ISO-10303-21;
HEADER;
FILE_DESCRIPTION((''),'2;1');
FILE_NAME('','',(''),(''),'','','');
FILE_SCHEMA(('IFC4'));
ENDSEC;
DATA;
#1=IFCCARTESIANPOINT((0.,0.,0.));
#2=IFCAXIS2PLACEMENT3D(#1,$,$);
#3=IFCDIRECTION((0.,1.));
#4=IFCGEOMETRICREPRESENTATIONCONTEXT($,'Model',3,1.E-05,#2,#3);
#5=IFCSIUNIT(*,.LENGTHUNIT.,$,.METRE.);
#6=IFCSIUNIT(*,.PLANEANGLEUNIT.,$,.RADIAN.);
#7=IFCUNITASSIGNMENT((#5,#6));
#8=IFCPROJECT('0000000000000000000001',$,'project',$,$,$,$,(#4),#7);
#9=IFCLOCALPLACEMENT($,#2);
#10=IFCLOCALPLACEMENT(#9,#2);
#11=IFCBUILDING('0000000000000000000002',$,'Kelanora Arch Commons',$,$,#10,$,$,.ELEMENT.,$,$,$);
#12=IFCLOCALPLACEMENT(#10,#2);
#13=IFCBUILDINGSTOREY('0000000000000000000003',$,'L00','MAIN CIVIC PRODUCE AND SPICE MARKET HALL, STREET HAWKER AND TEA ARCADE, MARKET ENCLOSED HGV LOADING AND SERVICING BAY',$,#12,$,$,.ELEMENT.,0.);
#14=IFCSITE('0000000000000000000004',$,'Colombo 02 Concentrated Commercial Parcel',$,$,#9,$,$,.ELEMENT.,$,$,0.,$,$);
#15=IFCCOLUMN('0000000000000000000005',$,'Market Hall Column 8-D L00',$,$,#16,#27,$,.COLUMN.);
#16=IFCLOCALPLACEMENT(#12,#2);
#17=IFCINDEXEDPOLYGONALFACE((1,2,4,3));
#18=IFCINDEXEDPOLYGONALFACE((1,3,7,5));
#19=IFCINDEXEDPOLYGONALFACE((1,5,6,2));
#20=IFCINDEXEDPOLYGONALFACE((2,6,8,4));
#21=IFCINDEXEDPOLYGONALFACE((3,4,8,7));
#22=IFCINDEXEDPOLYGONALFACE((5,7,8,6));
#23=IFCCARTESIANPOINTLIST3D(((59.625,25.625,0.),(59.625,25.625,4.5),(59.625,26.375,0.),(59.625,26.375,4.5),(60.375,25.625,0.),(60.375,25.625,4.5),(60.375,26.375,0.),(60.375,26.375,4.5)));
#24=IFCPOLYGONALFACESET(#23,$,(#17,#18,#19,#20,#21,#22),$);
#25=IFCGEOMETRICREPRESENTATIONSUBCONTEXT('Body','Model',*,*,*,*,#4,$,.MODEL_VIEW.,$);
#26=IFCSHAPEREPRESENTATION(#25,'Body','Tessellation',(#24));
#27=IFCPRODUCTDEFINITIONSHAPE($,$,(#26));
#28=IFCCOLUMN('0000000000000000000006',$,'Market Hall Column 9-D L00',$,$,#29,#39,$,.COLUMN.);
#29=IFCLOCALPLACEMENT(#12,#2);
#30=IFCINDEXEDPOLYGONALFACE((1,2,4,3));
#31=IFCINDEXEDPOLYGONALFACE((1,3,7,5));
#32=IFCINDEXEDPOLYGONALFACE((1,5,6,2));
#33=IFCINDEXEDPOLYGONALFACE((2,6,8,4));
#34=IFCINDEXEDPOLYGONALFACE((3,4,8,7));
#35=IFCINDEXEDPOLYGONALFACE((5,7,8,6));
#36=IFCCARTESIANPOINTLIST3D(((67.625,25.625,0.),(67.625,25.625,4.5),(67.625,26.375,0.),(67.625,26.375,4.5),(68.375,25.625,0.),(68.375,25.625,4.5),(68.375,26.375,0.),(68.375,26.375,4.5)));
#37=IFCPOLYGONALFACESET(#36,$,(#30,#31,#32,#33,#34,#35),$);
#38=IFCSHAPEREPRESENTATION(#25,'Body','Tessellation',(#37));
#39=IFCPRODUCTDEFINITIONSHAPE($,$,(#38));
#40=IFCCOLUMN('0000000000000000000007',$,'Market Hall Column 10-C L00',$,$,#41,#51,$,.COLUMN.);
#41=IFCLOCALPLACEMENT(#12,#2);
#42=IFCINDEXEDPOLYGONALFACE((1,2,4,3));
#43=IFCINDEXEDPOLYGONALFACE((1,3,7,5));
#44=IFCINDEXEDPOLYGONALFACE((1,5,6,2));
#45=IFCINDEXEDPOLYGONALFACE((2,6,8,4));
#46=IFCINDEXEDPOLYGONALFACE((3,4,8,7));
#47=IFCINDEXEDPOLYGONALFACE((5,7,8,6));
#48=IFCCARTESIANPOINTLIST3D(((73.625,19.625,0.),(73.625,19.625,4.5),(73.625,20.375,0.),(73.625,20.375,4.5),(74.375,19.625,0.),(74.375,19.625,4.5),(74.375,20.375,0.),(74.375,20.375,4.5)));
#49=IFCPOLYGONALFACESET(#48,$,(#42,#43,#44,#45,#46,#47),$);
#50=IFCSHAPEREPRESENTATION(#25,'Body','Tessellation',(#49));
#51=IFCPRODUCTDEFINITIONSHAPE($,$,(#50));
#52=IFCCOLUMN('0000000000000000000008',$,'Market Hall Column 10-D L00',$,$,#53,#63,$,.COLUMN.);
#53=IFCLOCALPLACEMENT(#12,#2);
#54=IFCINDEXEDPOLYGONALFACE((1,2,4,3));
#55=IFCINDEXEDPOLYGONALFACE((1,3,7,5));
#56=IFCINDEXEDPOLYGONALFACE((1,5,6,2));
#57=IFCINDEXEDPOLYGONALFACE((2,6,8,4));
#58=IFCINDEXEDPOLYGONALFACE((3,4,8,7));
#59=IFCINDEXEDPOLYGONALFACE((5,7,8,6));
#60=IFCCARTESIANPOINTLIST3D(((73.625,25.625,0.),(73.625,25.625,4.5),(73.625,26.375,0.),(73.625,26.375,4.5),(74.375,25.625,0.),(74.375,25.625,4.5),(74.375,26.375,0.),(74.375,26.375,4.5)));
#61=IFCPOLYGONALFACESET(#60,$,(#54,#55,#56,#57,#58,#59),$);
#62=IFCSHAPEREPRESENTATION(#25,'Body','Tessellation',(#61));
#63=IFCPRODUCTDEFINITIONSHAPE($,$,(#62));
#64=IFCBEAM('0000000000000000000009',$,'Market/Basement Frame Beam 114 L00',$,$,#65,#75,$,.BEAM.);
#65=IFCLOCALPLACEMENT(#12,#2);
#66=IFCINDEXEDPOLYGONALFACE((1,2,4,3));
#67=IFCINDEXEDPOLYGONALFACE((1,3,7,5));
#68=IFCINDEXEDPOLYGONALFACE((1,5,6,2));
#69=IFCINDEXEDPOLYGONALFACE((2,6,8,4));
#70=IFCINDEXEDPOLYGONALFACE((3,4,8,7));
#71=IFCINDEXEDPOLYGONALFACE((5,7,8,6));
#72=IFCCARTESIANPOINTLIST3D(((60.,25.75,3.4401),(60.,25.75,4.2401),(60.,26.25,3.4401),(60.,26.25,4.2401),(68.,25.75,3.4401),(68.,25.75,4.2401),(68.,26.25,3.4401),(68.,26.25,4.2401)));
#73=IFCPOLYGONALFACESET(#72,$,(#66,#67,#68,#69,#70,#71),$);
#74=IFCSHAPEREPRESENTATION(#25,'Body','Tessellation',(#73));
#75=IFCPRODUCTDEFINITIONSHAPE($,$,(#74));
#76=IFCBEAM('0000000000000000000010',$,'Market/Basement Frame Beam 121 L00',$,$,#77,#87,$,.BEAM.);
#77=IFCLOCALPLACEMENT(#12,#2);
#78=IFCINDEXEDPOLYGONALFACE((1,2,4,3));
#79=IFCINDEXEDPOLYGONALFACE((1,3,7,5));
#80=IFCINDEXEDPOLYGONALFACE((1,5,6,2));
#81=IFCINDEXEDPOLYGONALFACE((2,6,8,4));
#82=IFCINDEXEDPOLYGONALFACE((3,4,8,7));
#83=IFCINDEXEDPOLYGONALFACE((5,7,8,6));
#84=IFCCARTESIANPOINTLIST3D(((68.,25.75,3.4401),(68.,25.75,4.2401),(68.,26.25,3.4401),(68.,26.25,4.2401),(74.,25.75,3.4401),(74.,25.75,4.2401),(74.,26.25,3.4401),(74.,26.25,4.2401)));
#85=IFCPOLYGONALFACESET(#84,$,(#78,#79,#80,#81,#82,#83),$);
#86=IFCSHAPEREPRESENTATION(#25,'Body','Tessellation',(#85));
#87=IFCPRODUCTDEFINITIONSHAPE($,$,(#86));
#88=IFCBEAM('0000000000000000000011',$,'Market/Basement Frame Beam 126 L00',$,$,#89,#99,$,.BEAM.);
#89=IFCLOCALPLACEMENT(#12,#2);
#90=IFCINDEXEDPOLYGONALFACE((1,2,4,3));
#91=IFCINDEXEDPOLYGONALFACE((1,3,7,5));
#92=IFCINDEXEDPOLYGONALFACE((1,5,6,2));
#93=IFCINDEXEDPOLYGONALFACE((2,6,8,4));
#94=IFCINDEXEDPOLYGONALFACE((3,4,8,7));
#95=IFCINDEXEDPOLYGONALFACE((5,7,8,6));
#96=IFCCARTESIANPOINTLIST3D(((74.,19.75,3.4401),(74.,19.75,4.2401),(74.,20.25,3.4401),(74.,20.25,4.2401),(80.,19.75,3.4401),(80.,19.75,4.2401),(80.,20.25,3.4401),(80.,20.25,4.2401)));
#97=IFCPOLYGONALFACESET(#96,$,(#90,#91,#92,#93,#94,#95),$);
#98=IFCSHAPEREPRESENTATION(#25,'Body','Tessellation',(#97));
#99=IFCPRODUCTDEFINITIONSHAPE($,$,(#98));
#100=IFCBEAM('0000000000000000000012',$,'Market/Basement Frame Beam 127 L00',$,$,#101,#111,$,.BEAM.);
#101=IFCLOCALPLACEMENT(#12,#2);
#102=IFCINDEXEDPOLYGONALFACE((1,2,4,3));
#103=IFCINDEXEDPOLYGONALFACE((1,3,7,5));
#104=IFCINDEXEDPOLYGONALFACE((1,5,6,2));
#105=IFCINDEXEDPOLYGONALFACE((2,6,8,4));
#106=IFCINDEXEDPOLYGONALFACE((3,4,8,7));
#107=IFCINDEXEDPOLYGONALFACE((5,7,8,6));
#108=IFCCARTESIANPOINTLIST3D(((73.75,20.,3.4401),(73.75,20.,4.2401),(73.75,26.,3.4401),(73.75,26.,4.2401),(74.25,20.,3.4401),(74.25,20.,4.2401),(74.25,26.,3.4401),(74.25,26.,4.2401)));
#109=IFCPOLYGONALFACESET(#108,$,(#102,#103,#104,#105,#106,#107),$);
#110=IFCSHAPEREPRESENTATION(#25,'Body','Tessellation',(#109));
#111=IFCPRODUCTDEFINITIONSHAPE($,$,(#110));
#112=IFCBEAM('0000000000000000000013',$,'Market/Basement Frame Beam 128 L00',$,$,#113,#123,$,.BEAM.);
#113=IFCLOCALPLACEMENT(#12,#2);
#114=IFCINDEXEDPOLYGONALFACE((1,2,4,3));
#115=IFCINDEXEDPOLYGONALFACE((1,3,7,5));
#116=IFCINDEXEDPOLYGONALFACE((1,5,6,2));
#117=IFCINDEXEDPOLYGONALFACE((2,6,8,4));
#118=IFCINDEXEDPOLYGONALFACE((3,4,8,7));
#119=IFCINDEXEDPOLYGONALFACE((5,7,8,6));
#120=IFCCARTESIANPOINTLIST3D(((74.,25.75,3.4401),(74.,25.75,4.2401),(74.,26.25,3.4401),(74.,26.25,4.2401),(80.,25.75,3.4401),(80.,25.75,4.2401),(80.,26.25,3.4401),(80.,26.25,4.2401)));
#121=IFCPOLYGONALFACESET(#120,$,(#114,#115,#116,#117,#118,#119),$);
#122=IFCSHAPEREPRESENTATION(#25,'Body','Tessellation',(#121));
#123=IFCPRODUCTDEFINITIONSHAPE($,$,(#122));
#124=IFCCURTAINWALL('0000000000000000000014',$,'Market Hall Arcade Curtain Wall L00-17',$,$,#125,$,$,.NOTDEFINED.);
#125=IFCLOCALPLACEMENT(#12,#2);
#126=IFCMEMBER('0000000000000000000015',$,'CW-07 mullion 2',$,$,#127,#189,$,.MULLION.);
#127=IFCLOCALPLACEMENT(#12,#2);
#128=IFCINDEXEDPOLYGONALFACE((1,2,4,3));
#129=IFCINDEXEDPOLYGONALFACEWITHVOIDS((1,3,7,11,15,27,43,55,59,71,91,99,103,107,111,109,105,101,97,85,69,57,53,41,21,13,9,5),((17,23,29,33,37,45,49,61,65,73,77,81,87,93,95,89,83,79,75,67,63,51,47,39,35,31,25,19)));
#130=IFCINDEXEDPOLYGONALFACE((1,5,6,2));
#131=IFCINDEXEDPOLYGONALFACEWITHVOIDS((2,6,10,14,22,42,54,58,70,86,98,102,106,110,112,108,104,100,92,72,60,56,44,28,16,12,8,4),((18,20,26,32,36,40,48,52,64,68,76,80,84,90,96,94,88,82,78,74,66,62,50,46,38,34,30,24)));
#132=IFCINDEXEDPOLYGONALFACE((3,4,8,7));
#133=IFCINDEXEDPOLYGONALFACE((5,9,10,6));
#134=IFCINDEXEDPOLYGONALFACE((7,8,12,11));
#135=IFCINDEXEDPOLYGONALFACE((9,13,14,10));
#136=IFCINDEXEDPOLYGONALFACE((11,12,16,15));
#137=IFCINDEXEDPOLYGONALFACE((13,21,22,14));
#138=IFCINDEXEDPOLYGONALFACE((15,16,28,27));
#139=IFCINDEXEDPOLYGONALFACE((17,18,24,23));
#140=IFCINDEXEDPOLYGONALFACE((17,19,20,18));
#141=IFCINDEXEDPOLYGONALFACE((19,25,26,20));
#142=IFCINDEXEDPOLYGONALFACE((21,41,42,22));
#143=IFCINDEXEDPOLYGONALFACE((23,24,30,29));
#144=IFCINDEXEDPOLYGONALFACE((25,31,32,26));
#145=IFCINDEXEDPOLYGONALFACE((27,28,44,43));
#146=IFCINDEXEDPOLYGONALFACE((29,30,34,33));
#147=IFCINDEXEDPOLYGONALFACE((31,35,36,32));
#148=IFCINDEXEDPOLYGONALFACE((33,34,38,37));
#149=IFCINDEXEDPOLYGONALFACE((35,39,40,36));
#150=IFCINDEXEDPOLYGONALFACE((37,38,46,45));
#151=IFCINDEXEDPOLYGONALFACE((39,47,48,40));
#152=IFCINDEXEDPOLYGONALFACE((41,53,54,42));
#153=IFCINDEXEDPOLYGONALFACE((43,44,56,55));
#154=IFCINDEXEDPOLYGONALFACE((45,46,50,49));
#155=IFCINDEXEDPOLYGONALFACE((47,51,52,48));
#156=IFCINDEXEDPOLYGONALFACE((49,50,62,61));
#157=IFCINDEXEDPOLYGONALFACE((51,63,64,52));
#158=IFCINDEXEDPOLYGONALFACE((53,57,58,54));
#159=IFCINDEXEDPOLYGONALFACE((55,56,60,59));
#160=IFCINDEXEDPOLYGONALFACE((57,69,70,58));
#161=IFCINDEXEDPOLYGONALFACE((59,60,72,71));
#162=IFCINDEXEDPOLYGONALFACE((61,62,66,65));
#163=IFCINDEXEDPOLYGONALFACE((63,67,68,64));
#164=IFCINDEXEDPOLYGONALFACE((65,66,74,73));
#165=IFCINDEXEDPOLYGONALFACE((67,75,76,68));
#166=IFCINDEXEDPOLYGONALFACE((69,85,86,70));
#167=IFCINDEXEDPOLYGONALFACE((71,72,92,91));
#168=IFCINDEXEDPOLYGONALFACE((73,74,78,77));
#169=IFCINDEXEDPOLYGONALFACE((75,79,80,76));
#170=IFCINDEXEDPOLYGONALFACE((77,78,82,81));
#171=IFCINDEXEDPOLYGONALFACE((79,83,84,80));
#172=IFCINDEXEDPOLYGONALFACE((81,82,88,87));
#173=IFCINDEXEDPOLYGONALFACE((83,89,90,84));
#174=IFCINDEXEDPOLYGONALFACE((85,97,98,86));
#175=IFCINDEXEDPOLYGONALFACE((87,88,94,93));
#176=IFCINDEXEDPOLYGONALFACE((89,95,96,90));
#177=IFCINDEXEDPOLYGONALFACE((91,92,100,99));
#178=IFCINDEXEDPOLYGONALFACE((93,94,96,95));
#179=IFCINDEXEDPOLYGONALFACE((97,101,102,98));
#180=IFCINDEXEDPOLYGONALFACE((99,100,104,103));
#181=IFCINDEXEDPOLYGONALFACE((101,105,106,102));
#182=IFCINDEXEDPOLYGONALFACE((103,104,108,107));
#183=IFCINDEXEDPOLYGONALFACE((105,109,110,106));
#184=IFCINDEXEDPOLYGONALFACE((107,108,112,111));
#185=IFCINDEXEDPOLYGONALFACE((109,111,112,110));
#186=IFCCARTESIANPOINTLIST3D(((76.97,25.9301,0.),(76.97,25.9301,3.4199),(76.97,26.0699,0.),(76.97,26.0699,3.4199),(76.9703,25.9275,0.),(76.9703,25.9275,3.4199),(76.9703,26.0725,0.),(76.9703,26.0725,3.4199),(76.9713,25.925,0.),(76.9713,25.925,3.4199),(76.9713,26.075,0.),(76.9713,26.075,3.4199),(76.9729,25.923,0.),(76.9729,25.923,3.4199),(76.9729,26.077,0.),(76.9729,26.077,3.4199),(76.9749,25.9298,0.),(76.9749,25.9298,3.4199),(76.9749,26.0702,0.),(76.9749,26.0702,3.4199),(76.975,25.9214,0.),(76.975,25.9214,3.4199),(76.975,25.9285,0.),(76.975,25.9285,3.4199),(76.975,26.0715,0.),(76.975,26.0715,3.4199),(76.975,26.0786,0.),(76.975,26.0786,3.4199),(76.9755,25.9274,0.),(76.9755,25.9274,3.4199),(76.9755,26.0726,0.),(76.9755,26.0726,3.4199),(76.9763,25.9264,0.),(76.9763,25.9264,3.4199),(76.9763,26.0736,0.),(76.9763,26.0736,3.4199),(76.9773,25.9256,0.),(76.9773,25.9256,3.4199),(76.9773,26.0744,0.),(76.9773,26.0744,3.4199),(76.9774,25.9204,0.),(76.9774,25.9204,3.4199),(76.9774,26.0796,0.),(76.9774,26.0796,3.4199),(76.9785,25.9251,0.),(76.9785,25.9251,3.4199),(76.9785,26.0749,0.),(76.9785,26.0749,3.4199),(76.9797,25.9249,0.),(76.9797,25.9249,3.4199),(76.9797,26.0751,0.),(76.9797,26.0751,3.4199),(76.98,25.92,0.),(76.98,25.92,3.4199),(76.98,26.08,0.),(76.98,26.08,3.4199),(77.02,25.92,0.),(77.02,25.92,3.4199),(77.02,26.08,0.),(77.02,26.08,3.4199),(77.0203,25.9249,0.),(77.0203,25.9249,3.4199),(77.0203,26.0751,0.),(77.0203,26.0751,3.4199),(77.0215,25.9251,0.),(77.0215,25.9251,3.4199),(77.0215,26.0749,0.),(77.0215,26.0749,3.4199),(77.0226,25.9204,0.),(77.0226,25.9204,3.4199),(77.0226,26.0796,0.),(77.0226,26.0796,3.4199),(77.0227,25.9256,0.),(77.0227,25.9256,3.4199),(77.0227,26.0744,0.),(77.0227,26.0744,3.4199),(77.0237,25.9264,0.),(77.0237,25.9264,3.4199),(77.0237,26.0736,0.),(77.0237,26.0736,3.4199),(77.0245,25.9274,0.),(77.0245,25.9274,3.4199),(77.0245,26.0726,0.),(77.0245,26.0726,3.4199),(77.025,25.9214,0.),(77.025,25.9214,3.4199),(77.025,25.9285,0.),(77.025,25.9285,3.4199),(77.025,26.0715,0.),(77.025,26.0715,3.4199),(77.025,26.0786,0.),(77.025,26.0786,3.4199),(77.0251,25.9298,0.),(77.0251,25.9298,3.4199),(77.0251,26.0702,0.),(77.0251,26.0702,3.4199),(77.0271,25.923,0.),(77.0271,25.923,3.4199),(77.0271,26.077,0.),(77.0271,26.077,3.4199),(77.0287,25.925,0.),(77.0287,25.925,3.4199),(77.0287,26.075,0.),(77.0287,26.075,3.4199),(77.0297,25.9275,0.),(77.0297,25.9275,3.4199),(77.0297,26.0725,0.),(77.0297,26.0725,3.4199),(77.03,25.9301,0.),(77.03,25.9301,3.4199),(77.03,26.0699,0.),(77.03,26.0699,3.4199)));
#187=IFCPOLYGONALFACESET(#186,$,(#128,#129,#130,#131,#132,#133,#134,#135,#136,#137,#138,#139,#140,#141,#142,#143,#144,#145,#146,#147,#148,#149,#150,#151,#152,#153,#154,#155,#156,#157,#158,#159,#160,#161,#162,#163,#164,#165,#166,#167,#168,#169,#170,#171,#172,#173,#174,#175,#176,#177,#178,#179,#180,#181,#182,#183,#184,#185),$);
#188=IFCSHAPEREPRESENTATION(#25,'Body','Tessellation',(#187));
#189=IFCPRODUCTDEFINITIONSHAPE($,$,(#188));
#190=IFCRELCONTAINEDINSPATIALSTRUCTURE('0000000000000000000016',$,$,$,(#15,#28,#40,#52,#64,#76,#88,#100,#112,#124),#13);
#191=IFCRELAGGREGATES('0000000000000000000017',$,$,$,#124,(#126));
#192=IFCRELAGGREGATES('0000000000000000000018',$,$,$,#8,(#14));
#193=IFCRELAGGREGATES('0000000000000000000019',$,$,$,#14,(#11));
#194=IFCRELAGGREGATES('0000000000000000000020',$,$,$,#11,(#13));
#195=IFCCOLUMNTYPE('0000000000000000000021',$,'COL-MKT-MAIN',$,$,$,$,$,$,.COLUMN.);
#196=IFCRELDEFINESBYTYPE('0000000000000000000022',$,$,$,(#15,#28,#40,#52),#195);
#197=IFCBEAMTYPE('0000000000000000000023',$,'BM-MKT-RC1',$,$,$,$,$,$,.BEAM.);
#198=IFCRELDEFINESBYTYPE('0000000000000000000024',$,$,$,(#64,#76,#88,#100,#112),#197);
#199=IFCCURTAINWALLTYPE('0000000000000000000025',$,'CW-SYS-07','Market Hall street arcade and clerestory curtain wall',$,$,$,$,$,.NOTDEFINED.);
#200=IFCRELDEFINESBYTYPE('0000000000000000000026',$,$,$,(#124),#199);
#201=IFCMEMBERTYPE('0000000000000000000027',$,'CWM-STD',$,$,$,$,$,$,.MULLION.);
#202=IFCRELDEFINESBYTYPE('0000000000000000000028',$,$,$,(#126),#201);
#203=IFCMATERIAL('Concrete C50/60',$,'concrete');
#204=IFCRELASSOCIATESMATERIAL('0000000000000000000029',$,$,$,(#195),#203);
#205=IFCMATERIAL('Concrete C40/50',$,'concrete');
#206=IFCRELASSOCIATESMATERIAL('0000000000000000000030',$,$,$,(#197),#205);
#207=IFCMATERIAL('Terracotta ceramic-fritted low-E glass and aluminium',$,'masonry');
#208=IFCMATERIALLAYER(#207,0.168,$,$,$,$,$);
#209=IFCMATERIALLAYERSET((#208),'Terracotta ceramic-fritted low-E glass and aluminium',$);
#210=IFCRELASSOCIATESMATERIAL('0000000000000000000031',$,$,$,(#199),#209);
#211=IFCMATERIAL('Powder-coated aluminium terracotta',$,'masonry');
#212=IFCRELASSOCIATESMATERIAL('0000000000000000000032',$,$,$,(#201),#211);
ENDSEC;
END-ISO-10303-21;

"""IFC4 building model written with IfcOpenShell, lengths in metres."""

from ifc_helpers import new_model, si_unit, direction, frame, origin, origin_2d, place, context, subcontext, project, spatial, rectangle, hollow_rectangle, extrude, material, layer, layer_set, material_profile, profile_set, type_object, element, aggregate, save


model = new_model("IFC4")

# Units and contexts
model_context = context("Model", 3, precision=1e-05, world=origin(), true_north=direction((0.0, 1.0)))
body_context = subcontext(model_context, "Body", "Model", "MODEL_VIEW")
ifc_project = project(units=[si_unit("LENGTHUNIT", "METRE"), si_unit("PLANEANGLEUNIT", "RADIAN")], contexts=[model_context])

# Site, building, storey
site_placement = place(None, origin())
site = spatial("IfcSite", under=ifc_project, at=site_placement, Name="Colombo 02 Concentrated Commercial Parcel", CompositionType="ELEMENT", RefElevation=0.0)
building_placement = place(site_placement, origin())
building = spatial("IfcBuilding", under=site, at=building_placement, Name="Kelanora Arch Commons", CompositionType="ELEMENT")
storey_placement = place(building_placement, origin())
storey = spatial("IfcBuildingStorey", under=building, at=storey_placement, Name="L00", Description="MAIN CIVIC PRODUCE AND SPICE MARKET HALL, STREET HAWKER AND TEA ARCADE, MARKET ENCLOSED HGV LOADING AND SERVICING BAY", CompositionType="ELEMENT", Elevation=0.0)

# Columns
ifc_material_1 = material(Name="Concrete C50/60", Category="concrete")
ifc_material_profile_1 = material_profile(ifc_material_1, rectangle(XDim=0.75, YDim=0.75, at=origin_2d()), Name="RC750x750")
ifc_profile_set_1 = profile_set([ifc_material_profile_1], Name="Concrete C50/60")
column_type = type_object("IfcColumnType", Name="COL-MKT-MAIN", PredefinedType="COLUMN", material=ifc_profile_set_1)
for number, where, z_axis, x_axis, name in (
    (1, (60.0, 26.0, 0.0), (0.0, 0.0, 1.0), (1.0, 0.0, 0.0), "Market Hall Column 8-D L00"),
    (2, (68.0, 26.0, 0.0), (0.0, 0.0, 1.0), (1.0, 0.0, 0.0), "Market Hall Column 9-D L00"),
    (3, (74.0, 20.0, 0.0), (0.0, 0.0, 1.0), (1.0, 0.0, 0.0), "Market Hall Column 10-C L00"),
    (4, (74.0, 26.0, 0.0), (0.0, 0.0, 1.0), (1.0, 0.0, 0.0), "Market Hall Column 10-D L00"),
):
    element("IfcColumn", number, at=place(storey_placement, frame(where, z_axis=z_axis, x_axis=x_axis)), inside=storey, type_object=column_type, Name=name, PredefinedType="COLUMN", context=body_context, shape_type="SweptSolid", body=[
        extrude(rectangle(XDim=0.75, YDim=0.75, at=origin_2d()), origin(), (0.0, 0.0, 1.0), 4.5),
    ])

# Beams
ifc_material_2 = material(Name="Concrete C40/50", Category="concrete")
ifc_material_profile_2 = material_profile(ifc_material_2, rectangle(XDim=0.5, YDim=0.8, at=origin_2d()), Name="RCB500x800")
ifc_profile_set_2 = profile_set([ifc_material_profile_2], Name="Concrete C40/50")
beam_type = type_object("IfcBeamType", Name="BM-MKT-RC1", PredefinedType="BEAM", material=ifc_profile_set_2)
beam_placement = place(storey_placement, frame((60.0, 26.0, 3.8401), z_axis=(1.0, 0.0, 0.0), x_axis=(0.0, 1.0, 0.0)))
element("IfcBeam", 5, at=beam_placement, inside=storey, type_object=beam_type, Name="Market/Basement Frame Beam 114 L00", PredefinedType="BEAM", context=body_context, shape_type="SweptSolid", body=[
    extrude(rectangle(XDim=0.5, YDim=0.8, at=origin_2d()), origin(), (0.0, 0.0, 1.0), 8.0),
])
for number, where, z_axis, x_axis, name in (
    (6, (68.0, 26.0, 3.8401), (1.0, 0.0, 0.0), (0.0, 1.0, 0.0), "Market/Basement Frame Beam 121 L00"),
    (7, (74.0, 20.0, 3.8401), (1.0, 0.0, 0.0), (0.0, 1.0, 0.0), "Market/Basement Frame Beam 126 L00"),
    (8, (74.0, 20.0, 3.8401), (0.0, 1.0, 0.0), (-1.0, 0.0, 0.0), "Market/Basement Frame Beam 127 L00"),
    (9, (74.0, 26.0, 3.8401), (1.0, 0.0, 0.0), (0.0, 1.0, 0.0), "Market/Basement Frame Beam 128 L00"),
):
    element("IfcBeam", number, at=place(storey_placement, frame(where, z_axis=z_axis, x_axis=x_axis)), inside=storey, type_object=beam_type, Name=name, PredefinedType="BEAM", context=body_context, shape_type="SweptSolid", body=[
        extrude(rectangle(XDim=0.5, YDim=0.8, at=origin_2d()), origin(), (0.0, 0.0, 1.0), 6.0),
    ])

# Curtain wall, member
ifc_material_3 = material(Name="Terracotta ceramic-fritted low-E glass and aluminium", Category="masonry")
ifc_layer_1 = layer(ifc_material_3, 0.168)
ifc_layer_set_1 = layer_set([ifc_layer_1], Name="Terracotta ceramic-fritted low-E glass and aluminium")
curtain_wall_type = type_object("IfcCurtainWallType", Name="CW-SYS-07", Description="Market Hall street arcade and clerestory curtain wall", PredefinedType="NOTDEFINED", material=ifc_layer_set_1)
curtain_wall_placement = place(storey_placement, origin())
curtain_wall = element("IfcCurtainWall", 10, at=curtain_wall_placement, inside=storey, type_object=curtain_wall_type, Name="Market Hall Arcade Curtain Wall L00-17", PredefinedType="NOTDEFINED")
ifc_material_4 = material(Name="Powder-coated aluminium terracotta", Category="masonry")
ifc_material_profile_3 = material_profile(ifc_material_4, hollow_rectangle(XDim=0.1599, YDim=0.0601, WallThickness=0.0049, InnerFilletRadius=0.0049, OuterFilletRadius=0.01, at=origin_2d()), Name="CWM160x60")
ifc_profile_set_3 = profile_set([ifc_material_profile_3], Name="Powder-coated aluminium terracotta")
member_type_1 = type_object("IfcMemberType", Name="CWM-STD", PredefinedType="MULLION", material=ifc_profile_set_3)
member_1_placement = place(storey_placement, frame((77.0, 26.0, 0.0), z_axis=(0.0, 0.0, 1.0), x_axis=(0.0, -1.0, 0.0)))
member_1 = element("IfcMember", 11, at=member_1_placement, type_object=member_type_1, Name="CW-07 mullion 2", PredefinedType="MULLION", context=body_context, shape_type="SweptSolid", body=[
    extrude(hollow_rectangle(XDim=0.1599, YDim=0.0601, WallThickness=0.0049, InnerFilletRadius=0.0049, OuterFilletRadius=0.01, at=origin_2d()), origin(), (0.0, 0.0, 1.0), 3.4199),
])
aggregate(curtain_wall, [member_1])

save(model, "model.ifc")
